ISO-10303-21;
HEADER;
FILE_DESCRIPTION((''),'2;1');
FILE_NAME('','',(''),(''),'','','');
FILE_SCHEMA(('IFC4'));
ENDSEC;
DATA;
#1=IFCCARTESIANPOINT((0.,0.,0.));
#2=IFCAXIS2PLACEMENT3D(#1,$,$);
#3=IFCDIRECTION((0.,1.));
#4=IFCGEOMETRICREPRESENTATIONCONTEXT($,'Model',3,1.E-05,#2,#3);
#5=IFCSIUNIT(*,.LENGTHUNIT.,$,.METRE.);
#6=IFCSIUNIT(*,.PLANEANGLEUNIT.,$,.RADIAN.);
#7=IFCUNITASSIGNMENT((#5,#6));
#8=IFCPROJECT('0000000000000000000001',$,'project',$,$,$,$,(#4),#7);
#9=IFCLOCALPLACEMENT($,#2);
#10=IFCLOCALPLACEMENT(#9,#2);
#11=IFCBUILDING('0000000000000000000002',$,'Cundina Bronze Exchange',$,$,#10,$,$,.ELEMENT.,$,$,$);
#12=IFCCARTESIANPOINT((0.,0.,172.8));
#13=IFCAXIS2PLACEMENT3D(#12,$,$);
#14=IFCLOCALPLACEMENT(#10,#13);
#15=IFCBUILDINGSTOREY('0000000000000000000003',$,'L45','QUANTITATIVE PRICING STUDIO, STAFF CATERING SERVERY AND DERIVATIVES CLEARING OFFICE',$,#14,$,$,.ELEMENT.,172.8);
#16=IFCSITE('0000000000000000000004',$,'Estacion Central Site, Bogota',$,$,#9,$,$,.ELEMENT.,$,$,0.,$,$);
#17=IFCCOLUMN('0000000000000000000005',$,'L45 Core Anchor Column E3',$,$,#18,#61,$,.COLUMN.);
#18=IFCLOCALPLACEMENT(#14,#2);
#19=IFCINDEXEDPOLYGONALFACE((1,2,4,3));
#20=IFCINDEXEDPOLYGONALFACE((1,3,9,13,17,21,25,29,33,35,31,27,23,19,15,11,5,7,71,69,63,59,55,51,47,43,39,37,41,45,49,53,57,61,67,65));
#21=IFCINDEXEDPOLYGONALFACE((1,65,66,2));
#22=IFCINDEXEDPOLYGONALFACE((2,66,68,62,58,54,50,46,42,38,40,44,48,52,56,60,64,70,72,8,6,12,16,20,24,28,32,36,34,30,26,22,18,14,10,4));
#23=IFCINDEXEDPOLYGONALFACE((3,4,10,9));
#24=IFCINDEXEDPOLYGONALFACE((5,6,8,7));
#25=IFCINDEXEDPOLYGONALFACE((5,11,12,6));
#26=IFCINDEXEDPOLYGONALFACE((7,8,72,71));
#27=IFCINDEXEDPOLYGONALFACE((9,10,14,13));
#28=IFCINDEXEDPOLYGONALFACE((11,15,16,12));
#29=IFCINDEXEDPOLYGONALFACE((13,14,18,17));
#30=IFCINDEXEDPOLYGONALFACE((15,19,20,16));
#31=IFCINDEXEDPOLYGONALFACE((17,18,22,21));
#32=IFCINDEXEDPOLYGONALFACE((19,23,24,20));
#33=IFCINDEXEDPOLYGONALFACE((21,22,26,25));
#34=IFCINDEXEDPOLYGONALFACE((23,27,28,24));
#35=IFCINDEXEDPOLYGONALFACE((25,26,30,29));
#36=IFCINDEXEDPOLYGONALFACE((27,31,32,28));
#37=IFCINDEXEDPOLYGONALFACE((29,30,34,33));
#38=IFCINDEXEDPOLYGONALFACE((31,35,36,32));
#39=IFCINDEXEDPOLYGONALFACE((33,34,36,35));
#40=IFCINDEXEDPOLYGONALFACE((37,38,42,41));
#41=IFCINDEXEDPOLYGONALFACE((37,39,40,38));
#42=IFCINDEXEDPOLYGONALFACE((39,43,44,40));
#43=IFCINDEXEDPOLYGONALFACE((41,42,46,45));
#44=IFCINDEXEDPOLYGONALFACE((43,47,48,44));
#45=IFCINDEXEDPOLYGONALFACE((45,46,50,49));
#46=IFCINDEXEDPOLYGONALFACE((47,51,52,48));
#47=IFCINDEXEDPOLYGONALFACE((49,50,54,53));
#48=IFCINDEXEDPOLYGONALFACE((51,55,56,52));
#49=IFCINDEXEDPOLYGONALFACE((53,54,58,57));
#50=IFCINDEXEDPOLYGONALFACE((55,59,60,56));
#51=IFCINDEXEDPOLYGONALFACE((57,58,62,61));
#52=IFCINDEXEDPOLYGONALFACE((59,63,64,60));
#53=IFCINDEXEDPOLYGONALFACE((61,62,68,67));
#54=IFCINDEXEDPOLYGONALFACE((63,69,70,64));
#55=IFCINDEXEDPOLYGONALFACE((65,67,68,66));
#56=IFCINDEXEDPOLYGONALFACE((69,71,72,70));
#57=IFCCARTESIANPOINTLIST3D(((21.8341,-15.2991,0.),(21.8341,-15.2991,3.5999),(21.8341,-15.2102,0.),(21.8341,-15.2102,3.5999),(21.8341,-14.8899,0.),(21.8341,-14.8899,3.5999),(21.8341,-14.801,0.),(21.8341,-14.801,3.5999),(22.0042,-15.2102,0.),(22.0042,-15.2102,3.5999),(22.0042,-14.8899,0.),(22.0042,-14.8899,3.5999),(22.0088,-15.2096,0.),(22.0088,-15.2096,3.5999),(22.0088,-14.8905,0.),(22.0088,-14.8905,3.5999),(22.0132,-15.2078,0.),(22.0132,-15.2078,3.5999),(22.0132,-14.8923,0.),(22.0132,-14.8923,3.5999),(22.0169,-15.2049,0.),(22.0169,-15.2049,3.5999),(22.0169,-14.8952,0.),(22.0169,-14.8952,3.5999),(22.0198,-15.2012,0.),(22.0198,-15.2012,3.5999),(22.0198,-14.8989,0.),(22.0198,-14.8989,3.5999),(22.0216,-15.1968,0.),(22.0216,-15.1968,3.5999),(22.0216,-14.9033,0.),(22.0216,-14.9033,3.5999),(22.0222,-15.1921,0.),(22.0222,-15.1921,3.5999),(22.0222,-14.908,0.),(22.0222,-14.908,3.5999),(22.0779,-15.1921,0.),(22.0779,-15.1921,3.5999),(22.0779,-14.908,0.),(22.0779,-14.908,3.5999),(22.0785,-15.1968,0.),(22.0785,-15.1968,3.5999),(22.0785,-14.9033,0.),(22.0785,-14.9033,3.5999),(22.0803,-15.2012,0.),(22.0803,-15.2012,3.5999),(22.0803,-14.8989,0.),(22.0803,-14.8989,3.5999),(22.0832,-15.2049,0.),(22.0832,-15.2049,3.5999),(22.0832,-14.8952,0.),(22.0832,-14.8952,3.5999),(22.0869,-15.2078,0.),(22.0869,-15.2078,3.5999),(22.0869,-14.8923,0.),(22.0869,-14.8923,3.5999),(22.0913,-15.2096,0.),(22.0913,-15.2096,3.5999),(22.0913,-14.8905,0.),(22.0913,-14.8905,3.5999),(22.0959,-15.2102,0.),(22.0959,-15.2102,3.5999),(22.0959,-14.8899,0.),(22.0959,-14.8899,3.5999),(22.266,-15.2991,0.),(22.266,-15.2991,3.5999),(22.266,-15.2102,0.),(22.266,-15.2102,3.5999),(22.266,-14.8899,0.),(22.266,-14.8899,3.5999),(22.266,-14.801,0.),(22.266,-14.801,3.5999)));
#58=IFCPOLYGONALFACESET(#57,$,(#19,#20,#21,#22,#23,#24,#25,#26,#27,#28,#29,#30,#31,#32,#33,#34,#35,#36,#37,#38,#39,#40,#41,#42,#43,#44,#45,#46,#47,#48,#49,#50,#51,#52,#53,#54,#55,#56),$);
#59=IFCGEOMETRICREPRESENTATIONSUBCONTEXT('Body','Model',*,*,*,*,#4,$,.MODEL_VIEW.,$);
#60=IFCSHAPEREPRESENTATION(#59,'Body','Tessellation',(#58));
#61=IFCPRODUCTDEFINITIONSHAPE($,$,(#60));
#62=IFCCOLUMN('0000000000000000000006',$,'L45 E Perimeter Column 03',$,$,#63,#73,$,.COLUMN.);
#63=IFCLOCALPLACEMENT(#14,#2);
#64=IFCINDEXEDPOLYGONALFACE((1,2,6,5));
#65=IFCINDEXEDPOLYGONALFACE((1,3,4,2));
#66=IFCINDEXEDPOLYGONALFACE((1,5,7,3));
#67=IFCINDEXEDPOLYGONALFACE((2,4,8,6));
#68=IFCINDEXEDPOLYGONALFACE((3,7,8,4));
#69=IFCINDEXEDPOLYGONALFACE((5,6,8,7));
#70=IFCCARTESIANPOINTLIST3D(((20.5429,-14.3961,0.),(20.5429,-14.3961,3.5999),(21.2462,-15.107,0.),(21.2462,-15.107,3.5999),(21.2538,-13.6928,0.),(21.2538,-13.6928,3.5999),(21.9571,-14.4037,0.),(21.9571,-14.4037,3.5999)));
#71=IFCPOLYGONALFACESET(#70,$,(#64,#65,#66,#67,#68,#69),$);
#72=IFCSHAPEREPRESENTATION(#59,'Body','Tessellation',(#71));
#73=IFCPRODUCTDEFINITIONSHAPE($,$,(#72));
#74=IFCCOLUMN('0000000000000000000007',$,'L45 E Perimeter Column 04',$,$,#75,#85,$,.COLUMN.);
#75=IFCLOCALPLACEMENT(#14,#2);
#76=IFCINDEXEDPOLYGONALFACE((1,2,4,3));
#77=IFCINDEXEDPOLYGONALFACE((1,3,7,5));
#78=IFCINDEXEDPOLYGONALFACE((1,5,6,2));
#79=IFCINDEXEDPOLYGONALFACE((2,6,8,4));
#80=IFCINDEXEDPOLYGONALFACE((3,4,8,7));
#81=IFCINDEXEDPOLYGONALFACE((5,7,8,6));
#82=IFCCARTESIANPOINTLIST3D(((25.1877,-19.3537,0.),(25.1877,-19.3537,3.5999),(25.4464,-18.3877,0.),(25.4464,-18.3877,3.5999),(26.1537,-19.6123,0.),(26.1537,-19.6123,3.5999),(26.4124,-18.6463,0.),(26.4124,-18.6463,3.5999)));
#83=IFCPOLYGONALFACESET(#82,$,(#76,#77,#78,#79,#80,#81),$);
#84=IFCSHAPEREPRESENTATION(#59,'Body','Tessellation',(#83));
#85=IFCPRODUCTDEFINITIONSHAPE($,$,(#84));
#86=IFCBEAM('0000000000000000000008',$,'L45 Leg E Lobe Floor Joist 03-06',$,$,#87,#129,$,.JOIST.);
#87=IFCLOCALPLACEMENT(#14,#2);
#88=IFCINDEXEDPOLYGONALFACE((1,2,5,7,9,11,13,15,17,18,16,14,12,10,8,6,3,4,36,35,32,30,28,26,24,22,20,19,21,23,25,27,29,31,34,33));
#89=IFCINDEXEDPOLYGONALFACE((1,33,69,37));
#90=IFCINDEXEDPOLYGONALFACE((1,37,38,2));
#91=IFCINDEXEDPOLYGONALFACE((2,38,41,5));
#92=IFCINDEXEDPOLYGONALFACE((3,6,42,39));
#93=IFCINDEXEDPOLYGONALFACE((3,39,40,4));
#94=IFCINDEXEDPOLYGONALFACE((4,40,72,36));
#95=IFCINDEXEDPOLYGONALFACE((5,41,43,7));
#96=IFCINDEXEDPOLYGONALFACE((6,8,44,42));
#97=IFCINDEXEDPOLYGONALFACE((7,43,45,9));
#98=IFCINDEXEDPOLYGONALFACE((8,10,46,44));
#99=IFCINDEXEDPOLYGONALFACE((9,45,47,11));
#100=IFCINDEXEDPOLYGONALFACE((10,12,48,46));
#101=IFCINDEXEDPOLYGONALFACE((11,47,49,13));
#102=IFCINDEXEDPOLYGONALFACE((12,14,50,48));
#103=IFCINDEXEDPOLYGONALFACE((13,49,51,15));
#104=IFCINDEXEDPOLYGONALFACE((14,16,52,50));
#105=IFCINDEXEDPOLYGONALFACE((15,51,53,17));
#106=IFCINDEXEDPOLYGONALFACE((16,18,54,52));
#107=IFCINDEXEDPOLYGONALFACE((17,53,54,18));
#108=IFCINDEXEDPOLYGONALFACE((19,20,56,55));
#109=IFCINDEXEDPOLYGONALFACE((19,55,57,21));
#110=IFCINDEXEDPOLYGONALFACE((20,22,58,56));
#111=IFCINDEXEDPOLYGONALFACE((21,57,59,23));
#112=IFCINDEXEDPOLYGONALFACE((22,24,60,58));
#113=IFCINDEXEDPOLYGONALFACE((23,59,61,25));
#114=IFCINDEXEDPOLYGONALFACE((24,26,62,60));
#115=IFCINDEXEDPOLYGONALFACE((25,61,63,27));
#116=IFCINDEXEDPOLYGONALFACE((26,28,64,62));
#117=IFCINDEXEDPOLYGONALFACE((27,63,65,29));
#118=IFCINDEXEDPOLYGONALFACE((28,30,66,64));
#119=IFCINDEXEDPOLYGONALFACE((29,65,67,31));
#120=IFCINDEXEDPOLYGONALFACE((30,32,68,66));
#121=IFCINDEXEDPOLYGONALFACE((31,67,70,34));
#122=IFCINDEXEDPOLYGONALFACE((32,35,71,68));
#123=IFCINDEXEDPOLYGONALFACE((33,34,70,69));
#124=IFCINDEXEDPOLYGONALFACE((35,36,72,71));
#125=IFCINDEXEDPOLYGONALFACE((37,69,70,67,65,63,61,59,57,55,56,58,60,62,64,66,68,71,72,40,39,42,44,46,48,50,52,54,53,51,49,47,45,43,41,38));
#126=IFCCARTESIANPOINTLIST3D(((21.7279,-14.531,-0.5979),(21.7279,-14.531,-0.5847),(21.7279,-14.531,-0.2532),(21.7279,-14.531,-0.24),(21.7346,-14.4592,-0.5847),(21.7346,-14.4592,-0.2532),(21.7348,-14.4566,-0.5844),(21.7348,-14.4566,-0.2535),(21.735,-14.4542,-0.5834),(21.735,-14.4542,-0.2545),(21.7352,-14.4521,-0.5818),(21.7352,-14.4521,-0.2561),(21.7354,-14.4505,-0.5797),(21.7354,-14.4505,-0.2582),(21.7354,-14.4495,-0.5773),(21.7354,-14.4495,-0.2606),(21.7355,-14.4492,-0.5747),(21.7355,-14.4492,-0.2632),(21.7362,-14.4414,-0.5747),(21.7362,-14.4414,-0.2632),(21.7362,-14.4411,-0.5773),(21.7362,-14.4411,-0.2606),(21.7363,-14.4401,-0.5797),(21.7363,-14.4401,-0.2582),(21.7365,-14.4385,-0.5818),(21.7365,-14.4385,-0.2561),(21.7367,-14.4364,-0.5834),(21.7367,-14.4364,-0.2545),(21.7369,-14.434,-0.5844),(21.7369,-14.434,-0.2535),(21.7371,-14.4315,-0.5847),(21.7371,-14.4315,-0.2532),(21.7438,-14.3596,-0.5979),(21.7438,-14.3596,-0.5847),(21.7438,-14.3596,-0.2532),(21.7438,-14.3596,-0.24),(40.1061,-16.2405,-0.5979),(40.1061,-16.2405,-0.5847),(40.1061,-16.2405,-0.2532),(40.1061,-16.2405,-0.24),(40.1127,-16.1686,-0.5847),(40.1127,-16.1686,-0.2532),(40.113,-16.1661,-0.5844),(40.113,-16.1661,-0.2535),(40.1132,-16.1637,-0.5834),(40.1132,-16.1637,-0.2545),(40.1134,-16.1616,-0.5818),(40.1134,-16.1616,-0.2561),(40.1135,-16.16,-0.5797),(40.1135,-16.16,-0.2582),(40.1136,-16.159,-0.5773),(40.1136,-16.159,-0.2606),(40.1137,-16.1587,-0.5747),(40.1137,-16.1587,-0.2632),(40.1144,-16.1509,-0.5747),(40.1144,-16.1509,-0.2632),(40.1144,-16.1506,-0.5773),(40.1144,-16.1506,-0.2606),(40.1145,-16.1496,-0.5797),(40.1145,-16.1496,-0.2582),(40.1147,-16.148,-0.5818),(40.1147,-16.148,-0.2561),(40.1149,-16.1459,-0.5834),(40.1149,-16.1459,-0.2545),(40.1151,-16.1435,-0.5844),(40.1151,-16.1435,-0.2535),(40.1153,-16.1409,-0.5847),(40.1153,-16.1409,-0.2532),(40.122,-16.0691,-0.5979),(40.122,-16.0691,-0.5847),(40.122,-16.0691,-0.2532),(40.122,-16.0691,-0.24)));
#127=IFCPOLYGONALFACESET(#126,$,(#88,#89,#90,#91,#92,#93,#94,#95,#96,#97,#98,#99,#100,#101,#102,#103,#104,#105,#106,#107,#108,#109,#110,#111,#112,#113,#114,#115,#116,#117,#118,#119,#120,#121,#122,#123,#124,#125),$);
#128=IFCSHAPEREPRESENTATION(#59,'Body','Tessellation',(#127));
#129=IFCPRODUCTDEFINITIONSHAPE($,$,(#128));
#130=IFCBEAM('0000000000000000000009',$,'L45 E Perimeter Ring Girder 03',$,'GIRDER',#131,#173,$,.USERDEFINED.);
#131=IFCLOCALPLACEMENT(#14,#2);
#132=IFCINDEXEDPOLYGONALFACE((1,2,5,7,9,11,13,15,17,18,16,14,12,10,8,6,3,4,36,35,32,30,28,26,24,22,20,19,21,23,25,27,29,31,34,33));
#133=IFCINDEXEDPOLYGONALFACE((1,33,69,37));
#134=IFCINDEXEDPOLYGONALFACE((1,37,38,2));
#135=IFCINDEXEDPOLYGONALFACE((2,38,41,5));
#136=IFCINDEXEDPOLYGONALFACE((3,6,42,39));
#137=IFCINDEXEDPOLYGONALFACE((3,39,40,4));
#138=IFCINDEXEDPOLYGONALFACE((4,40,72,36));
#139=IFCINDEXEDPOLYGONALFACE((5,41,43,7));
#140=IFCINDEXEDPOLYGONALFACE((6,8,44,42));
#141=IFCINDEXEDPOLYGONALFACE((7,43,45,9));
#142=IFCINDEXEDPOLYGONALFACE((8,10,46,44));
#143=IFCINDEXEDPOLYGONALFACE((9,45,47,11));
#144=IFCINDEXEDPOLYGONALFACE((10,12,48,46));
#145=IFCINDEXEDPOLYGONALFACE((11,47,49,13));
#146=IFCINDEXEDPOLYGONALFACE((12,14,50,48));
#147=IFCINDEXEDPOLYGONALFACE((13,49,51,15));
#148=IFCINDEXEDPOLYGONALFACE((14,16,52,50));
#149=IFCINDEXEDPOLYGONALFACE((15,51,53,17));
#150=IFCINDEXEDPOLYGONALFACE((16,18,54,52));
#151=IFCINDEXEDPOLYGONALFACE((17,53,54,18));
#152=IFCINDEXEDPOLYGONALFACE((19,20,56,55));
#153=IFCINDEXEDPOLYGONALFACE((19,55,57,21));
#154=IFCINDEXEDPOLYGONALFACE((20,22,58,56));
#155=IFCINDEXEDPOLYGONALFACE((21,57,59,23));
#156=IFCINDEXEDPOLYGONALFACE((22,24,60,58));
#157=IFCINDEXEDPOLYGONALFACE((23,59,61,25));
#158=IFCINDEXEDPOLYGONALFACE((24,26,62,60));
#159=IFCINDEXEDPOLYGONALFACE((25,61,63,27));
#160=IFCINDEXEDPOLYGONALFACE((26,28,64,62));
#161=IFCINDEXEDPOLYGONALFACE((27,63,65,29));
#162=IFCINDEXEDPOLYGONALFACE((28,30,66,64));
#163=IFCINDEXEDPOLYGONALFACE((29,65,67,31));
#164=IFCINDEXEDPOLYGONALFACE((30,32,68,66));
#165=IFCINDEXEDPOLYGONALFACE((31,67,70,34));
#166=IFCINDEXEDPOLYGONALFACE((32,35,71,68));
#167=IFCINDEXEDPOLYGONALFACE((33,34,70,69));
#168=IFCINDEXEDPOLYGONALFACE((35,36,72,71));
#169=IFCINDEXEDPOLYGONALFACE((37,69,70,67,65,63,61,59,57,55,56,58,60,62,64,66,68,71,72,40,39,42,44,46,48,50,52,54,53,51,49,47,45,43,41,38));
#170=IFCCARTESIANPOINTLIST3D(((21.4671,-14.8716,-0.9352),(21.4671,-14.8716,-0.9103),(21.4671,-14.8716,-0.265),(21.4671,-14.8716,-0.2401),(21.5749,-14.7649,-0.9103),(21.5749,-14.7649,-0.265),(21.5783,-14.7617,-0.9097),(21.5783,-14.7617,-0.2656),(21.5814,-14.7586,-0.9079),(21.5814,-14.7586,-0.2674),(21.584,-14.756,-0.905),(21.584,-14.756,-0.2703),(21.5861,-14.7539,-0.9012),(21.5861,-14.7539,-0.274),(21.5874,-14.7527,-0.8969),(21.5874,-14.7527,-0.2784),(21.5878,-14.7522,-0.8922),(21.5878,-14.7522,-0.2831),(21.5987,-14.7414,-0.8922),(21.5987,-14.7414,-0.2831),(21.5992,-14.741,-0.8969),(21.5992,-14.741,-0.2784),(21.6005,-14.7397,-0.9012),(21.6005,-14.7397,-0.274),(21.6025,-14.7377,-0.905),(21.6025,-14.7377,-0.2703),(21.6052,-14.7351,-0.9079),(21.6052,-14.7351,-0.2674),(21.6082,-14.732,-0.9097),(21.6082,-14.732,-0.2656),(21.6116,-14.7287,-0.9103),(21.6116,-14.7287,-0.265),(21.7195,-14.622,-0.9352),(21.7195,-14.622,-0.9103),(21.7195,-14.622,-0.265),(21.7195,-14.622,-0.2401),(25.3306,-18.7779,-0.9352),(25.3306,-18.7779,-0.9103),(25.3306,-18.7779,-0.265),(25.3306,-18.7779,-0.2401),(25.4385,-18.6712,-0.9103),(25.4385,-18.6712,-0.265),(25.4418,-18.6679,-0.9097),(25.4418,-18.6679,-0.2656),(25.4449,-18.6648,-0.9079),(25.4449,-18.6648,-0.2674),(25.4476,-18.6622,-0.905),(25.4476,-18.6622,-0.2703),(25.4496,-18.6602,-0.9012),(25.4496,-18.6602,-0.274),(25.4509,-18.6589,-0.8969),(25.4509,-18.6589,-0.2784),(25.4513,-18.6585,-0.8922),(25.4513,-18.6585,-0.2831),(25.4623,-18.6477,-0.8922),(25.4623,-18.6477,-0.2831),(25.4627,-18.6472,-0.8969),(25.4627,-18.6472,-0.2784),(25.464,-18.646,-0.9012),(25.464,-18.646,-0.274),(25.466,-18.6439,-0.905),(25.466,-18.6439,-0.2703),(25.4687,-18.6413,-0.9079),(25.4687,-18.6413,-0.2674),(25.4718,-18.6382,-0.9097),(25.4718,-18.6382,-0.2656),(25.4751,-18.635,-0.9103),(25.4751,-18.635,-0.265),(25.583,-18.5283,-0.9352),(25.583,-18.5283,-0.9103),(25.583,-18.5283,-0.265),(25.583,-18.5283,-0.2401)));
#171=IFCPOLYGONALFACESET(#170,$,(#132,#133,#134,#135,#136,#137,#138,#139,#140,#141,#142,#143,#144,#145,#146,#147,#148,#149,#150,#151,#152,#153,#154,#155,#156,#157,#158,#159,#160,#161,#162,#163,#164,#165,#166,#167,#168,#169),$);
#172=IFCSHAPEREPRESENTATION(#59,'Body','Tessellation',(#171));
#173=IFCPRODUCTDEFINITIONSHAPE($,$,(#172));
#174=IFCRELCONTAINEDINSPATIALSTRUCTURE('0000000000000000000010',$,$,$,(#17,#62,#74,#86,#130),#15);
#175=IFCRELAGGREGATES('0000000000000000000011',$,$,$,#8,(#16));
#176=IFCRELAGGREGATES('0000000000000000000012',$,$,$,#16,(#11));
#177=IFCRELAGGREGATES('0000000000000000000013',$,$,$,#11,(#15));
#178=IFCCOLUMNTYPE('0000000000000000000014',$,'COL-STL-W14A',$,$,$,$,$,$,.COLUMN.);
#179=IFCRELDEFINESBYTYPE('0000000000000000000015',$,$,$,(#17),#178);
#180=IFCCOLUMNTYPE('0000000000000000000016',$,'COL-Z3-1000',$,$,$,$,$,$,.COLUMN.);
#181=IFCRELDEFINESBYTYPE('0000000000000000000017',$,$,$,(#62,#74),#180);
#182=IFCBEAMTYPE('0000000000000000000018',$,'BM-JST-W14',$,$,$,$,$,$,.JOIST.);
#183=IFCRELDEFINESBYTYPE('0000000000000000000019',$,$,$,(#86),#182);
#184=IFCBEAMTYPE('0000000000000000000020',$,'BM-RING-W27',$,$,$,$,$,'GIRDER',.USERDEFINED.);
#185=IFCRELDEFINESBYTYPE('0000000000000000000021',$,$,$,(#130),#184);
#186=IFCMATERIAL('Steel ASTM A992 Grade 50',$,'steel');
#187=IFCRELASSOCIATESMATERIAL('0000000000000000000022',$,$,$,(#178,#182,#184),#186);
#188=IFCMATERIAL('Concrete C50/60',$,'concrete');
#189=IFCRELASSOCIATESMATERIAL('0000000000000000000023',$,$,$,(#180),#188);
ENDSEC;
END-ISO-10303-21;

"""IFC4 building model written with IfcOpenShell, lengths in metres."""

from ifc_helpers import new_model, si_unit, direction, frame, origin, origin_2d, place, context, subcontext, project, spatial, rectangle, i_section, extrude, material, material_profile, profile_set, type_object, element, save


model = new_model("IFC4")

# Units and contexts
model_context = context("Model", 3, precision=1e-05, world=origin(), true_north=direction((0.0, 1.0)))
body_context = subcontext(model_context, "Body", "Model", "MODEL_VIEW")
ifc_project = project(units=[si_unit("LENGTHUNIT", "METRE"), si_unit("PLANEANGLEUNIT", "RADIAN")], contexts=[model_context])

# Site, building, storey
site_placement = place(None, origin())
site = spatial("IfcSite", under=ifc_project, at=site_placement, Name="Estacion Central Site, Bogota", CompositionType="ELEMENT", RefElevation=0.0)
building_placement = place(site_placement, origin())
building = spatial("IfcBuilding", under=site, at=building_placement, Name="Cundina Bronze Exchange", CompositionType="ELEMENT")
storey_placement = place(building_placement, frame((0.0, 0.0, 172.8)))
storey = spatial("IfcBuildingStorey", under=building, at=storey_placement, Name="L45", Description="QUANTITATIVE PRICING STUDIO, STAFF CATERING SERVERY AND DERIVATIVES CLEARING OFFICE", CompositionType="ELEMENT", Elevation=172.8)

# Columns
ifc_material_1 = material(Name="Steel ASTM A992 Grade 50", Category="steel")
ifc_material_profile_1 = material_profile(ifc_material_1, i_section(OverallWidth=0.4319, OverallDepth=0.498, WebThickness=0.0557, FlangeThickness=0.0889, FilletRadius=0.0181, at=origin_2d()), Name="W14X500", Category="steel")
ifc_profile_set_1 = profile_set([ifc_material_profile_1], Name="Steel ASTM A992 Grade 50")
column_type_1 = type_object("IfcColumnType", Name="COL-STL-W14A", PredefinedType="COLUMN", material=ifc_profile_set_1)
column_placement = place(storey_placement, frame((22.05, -15.05, 0.0), z_axis=(0.0, 0.0, 1.0), x_axis=(1.0, 0.0, 0.0)))
element("IfcColumn", 1, at=column_placement, inside=storey, type_object=column_type_1, Name="L45 Core Anchor Column E3", PredefinedType="COLUMN", context=body_context, shape_type="SweptSolid", body=[
    extrude(i_section(OverallWidth=0.4319, OverallDepth=0.498, WebThickness=0.0557, FlangeThickness=0.0889, FilletRadius=0.0181, at=origin_2d()), origin(), (0.0, 0.0, 1.0), 3.5999),
])
ifc_material_2 = material(Name="Concrete C50/60", Category="concrete")
ifc_material_profile_2 = material_profile(ifc_material_2, rectangle(XDim=1.0, YDim=1.0, at=origin_2d()), Name="RC1000X1000", Category="concrete")
ifc_profile_set_2 = profile_set([ifc_material_profile_2], Name="Concrete C50/60")
column_type_2 = type_object("IfcColumnType", Name="COL-Z3-1000", PredefinedType="COLUMN", material=ifc_profile_set_2)
for number, where, z_axis, x_axis, name in (
    (2, (21.25, -14.3999, 0.0), (0.0, 0.0, 1.0), (0.703271, -0.710922, 0.0), "L45 E Perimeter Column 03"),
    (3, (25.8, -19.0, 0.0), (0.0, 0.0, 1.0), (0.965971, -0.25865, 0.0), "L45 E Perimeter Column 04"),
):
    element("IfcColumn", number, at=place(storey_placement, frame(where, z_axis=z_axis, x_axis=x_axis)), inside=storey, type_object=column_type_2, Name=name, PredefinedType="COLUMN", context=body_context, shape_type="SweptSolid", body=[
        extrude(rectangle(XDim=1.0, YDim=1.0, at=origin_2d()), origin(), (0.0, 0.0, 1.0), 3.5999),
    ])

# Beams
ifc_material_profile_3 = material_profile(ifc_material_1, i_section(OverallWidth=0.1721, OverallDepth=0.3579, WebThickness=0.0078, FlangeThickness=0.0132, FilletRadius=0.01, at=origin_2d()), Name="W14X38", Category="steel")
ifc_profile_set_3 = profile_set([ifc_material_profile_3], Name="Steel ASTM A992 Grade 50")
beam_type_1 = type_object("IfcBeamType", Name="BM-JST-W14", PredefinedType="JOIST", material=ifc_profile_set_3)
beam_1_placement = place(storey_placement, frame((21.7358, -14.4453, -0.4189), z_axis=(0.995702, -0.092617, 0.0), x_axis=(0.092617, 0.995702, 0.0)))
element("IfcBeam", 4, at=beam_1_placement, inside=storey, type_object=beam_type_1, Name="L45 Leg E Lobe Floor Joist 03-06", PredefinedType="JOIST", context=body_context, shape_type="SweptSolid", body=[
    extrude(i_section(OverallWidth=0.1721, OverallDepth=0.3579, WebThickness=0.0078, FlangeThickness=0.0132, FilletRadius=0.01, at=origin_2d()), origin(), (0.0, 0.0, 1.0), 18.4575),
])
ifc_material_profile_4 = material_profile(ifc_material_1, i_section(OverallWidth=0.355, OverallDepth=0.6951, WebThickness=0.0154, FlangeThickness=0.0249, FilletRadius=0.0181, at=origin_2d()), Name="W27X146", Category="steel")
ifc_profile_set_4 = profile_set([ifc_material_profile_4], Name="Steel ASTM A992 Grade 50")
beam_type_2 = type_object("IfcBeamType", Name="BM-RING-W27", ElementType="GIRDER", PredefinedType="USERDEFINED", material=ifc_profile_set_4)
beam_2_placement = place(storey_placement, frame((21.5933, -14.7468, -0.5876), z_axis=(0.703208, -0.710984, 0.0), x_axis=(0.710984, 0.703208, 0.0)))
element("IfcBeam", 5, at=beam_2_placement, inside=storey, type_object=beam_type_2, Name="L45 E Perimeter Ring Girder 03", ObjectType="GIRDER", PredefinedType="USERDEFINED", context=body_context, shape_type="SweptSolid", body=[
    extrude(i_section(OverallWidth=0.355, OverallDepth=0.6951, WebThickness=0.0154, FlangeThickness=0.0249, FilletRadius=0.0181, at=origin_2d()), origin(), (0.0, 0.0, 1.0), 5.4941),
])

save(model, "model.ifc")
